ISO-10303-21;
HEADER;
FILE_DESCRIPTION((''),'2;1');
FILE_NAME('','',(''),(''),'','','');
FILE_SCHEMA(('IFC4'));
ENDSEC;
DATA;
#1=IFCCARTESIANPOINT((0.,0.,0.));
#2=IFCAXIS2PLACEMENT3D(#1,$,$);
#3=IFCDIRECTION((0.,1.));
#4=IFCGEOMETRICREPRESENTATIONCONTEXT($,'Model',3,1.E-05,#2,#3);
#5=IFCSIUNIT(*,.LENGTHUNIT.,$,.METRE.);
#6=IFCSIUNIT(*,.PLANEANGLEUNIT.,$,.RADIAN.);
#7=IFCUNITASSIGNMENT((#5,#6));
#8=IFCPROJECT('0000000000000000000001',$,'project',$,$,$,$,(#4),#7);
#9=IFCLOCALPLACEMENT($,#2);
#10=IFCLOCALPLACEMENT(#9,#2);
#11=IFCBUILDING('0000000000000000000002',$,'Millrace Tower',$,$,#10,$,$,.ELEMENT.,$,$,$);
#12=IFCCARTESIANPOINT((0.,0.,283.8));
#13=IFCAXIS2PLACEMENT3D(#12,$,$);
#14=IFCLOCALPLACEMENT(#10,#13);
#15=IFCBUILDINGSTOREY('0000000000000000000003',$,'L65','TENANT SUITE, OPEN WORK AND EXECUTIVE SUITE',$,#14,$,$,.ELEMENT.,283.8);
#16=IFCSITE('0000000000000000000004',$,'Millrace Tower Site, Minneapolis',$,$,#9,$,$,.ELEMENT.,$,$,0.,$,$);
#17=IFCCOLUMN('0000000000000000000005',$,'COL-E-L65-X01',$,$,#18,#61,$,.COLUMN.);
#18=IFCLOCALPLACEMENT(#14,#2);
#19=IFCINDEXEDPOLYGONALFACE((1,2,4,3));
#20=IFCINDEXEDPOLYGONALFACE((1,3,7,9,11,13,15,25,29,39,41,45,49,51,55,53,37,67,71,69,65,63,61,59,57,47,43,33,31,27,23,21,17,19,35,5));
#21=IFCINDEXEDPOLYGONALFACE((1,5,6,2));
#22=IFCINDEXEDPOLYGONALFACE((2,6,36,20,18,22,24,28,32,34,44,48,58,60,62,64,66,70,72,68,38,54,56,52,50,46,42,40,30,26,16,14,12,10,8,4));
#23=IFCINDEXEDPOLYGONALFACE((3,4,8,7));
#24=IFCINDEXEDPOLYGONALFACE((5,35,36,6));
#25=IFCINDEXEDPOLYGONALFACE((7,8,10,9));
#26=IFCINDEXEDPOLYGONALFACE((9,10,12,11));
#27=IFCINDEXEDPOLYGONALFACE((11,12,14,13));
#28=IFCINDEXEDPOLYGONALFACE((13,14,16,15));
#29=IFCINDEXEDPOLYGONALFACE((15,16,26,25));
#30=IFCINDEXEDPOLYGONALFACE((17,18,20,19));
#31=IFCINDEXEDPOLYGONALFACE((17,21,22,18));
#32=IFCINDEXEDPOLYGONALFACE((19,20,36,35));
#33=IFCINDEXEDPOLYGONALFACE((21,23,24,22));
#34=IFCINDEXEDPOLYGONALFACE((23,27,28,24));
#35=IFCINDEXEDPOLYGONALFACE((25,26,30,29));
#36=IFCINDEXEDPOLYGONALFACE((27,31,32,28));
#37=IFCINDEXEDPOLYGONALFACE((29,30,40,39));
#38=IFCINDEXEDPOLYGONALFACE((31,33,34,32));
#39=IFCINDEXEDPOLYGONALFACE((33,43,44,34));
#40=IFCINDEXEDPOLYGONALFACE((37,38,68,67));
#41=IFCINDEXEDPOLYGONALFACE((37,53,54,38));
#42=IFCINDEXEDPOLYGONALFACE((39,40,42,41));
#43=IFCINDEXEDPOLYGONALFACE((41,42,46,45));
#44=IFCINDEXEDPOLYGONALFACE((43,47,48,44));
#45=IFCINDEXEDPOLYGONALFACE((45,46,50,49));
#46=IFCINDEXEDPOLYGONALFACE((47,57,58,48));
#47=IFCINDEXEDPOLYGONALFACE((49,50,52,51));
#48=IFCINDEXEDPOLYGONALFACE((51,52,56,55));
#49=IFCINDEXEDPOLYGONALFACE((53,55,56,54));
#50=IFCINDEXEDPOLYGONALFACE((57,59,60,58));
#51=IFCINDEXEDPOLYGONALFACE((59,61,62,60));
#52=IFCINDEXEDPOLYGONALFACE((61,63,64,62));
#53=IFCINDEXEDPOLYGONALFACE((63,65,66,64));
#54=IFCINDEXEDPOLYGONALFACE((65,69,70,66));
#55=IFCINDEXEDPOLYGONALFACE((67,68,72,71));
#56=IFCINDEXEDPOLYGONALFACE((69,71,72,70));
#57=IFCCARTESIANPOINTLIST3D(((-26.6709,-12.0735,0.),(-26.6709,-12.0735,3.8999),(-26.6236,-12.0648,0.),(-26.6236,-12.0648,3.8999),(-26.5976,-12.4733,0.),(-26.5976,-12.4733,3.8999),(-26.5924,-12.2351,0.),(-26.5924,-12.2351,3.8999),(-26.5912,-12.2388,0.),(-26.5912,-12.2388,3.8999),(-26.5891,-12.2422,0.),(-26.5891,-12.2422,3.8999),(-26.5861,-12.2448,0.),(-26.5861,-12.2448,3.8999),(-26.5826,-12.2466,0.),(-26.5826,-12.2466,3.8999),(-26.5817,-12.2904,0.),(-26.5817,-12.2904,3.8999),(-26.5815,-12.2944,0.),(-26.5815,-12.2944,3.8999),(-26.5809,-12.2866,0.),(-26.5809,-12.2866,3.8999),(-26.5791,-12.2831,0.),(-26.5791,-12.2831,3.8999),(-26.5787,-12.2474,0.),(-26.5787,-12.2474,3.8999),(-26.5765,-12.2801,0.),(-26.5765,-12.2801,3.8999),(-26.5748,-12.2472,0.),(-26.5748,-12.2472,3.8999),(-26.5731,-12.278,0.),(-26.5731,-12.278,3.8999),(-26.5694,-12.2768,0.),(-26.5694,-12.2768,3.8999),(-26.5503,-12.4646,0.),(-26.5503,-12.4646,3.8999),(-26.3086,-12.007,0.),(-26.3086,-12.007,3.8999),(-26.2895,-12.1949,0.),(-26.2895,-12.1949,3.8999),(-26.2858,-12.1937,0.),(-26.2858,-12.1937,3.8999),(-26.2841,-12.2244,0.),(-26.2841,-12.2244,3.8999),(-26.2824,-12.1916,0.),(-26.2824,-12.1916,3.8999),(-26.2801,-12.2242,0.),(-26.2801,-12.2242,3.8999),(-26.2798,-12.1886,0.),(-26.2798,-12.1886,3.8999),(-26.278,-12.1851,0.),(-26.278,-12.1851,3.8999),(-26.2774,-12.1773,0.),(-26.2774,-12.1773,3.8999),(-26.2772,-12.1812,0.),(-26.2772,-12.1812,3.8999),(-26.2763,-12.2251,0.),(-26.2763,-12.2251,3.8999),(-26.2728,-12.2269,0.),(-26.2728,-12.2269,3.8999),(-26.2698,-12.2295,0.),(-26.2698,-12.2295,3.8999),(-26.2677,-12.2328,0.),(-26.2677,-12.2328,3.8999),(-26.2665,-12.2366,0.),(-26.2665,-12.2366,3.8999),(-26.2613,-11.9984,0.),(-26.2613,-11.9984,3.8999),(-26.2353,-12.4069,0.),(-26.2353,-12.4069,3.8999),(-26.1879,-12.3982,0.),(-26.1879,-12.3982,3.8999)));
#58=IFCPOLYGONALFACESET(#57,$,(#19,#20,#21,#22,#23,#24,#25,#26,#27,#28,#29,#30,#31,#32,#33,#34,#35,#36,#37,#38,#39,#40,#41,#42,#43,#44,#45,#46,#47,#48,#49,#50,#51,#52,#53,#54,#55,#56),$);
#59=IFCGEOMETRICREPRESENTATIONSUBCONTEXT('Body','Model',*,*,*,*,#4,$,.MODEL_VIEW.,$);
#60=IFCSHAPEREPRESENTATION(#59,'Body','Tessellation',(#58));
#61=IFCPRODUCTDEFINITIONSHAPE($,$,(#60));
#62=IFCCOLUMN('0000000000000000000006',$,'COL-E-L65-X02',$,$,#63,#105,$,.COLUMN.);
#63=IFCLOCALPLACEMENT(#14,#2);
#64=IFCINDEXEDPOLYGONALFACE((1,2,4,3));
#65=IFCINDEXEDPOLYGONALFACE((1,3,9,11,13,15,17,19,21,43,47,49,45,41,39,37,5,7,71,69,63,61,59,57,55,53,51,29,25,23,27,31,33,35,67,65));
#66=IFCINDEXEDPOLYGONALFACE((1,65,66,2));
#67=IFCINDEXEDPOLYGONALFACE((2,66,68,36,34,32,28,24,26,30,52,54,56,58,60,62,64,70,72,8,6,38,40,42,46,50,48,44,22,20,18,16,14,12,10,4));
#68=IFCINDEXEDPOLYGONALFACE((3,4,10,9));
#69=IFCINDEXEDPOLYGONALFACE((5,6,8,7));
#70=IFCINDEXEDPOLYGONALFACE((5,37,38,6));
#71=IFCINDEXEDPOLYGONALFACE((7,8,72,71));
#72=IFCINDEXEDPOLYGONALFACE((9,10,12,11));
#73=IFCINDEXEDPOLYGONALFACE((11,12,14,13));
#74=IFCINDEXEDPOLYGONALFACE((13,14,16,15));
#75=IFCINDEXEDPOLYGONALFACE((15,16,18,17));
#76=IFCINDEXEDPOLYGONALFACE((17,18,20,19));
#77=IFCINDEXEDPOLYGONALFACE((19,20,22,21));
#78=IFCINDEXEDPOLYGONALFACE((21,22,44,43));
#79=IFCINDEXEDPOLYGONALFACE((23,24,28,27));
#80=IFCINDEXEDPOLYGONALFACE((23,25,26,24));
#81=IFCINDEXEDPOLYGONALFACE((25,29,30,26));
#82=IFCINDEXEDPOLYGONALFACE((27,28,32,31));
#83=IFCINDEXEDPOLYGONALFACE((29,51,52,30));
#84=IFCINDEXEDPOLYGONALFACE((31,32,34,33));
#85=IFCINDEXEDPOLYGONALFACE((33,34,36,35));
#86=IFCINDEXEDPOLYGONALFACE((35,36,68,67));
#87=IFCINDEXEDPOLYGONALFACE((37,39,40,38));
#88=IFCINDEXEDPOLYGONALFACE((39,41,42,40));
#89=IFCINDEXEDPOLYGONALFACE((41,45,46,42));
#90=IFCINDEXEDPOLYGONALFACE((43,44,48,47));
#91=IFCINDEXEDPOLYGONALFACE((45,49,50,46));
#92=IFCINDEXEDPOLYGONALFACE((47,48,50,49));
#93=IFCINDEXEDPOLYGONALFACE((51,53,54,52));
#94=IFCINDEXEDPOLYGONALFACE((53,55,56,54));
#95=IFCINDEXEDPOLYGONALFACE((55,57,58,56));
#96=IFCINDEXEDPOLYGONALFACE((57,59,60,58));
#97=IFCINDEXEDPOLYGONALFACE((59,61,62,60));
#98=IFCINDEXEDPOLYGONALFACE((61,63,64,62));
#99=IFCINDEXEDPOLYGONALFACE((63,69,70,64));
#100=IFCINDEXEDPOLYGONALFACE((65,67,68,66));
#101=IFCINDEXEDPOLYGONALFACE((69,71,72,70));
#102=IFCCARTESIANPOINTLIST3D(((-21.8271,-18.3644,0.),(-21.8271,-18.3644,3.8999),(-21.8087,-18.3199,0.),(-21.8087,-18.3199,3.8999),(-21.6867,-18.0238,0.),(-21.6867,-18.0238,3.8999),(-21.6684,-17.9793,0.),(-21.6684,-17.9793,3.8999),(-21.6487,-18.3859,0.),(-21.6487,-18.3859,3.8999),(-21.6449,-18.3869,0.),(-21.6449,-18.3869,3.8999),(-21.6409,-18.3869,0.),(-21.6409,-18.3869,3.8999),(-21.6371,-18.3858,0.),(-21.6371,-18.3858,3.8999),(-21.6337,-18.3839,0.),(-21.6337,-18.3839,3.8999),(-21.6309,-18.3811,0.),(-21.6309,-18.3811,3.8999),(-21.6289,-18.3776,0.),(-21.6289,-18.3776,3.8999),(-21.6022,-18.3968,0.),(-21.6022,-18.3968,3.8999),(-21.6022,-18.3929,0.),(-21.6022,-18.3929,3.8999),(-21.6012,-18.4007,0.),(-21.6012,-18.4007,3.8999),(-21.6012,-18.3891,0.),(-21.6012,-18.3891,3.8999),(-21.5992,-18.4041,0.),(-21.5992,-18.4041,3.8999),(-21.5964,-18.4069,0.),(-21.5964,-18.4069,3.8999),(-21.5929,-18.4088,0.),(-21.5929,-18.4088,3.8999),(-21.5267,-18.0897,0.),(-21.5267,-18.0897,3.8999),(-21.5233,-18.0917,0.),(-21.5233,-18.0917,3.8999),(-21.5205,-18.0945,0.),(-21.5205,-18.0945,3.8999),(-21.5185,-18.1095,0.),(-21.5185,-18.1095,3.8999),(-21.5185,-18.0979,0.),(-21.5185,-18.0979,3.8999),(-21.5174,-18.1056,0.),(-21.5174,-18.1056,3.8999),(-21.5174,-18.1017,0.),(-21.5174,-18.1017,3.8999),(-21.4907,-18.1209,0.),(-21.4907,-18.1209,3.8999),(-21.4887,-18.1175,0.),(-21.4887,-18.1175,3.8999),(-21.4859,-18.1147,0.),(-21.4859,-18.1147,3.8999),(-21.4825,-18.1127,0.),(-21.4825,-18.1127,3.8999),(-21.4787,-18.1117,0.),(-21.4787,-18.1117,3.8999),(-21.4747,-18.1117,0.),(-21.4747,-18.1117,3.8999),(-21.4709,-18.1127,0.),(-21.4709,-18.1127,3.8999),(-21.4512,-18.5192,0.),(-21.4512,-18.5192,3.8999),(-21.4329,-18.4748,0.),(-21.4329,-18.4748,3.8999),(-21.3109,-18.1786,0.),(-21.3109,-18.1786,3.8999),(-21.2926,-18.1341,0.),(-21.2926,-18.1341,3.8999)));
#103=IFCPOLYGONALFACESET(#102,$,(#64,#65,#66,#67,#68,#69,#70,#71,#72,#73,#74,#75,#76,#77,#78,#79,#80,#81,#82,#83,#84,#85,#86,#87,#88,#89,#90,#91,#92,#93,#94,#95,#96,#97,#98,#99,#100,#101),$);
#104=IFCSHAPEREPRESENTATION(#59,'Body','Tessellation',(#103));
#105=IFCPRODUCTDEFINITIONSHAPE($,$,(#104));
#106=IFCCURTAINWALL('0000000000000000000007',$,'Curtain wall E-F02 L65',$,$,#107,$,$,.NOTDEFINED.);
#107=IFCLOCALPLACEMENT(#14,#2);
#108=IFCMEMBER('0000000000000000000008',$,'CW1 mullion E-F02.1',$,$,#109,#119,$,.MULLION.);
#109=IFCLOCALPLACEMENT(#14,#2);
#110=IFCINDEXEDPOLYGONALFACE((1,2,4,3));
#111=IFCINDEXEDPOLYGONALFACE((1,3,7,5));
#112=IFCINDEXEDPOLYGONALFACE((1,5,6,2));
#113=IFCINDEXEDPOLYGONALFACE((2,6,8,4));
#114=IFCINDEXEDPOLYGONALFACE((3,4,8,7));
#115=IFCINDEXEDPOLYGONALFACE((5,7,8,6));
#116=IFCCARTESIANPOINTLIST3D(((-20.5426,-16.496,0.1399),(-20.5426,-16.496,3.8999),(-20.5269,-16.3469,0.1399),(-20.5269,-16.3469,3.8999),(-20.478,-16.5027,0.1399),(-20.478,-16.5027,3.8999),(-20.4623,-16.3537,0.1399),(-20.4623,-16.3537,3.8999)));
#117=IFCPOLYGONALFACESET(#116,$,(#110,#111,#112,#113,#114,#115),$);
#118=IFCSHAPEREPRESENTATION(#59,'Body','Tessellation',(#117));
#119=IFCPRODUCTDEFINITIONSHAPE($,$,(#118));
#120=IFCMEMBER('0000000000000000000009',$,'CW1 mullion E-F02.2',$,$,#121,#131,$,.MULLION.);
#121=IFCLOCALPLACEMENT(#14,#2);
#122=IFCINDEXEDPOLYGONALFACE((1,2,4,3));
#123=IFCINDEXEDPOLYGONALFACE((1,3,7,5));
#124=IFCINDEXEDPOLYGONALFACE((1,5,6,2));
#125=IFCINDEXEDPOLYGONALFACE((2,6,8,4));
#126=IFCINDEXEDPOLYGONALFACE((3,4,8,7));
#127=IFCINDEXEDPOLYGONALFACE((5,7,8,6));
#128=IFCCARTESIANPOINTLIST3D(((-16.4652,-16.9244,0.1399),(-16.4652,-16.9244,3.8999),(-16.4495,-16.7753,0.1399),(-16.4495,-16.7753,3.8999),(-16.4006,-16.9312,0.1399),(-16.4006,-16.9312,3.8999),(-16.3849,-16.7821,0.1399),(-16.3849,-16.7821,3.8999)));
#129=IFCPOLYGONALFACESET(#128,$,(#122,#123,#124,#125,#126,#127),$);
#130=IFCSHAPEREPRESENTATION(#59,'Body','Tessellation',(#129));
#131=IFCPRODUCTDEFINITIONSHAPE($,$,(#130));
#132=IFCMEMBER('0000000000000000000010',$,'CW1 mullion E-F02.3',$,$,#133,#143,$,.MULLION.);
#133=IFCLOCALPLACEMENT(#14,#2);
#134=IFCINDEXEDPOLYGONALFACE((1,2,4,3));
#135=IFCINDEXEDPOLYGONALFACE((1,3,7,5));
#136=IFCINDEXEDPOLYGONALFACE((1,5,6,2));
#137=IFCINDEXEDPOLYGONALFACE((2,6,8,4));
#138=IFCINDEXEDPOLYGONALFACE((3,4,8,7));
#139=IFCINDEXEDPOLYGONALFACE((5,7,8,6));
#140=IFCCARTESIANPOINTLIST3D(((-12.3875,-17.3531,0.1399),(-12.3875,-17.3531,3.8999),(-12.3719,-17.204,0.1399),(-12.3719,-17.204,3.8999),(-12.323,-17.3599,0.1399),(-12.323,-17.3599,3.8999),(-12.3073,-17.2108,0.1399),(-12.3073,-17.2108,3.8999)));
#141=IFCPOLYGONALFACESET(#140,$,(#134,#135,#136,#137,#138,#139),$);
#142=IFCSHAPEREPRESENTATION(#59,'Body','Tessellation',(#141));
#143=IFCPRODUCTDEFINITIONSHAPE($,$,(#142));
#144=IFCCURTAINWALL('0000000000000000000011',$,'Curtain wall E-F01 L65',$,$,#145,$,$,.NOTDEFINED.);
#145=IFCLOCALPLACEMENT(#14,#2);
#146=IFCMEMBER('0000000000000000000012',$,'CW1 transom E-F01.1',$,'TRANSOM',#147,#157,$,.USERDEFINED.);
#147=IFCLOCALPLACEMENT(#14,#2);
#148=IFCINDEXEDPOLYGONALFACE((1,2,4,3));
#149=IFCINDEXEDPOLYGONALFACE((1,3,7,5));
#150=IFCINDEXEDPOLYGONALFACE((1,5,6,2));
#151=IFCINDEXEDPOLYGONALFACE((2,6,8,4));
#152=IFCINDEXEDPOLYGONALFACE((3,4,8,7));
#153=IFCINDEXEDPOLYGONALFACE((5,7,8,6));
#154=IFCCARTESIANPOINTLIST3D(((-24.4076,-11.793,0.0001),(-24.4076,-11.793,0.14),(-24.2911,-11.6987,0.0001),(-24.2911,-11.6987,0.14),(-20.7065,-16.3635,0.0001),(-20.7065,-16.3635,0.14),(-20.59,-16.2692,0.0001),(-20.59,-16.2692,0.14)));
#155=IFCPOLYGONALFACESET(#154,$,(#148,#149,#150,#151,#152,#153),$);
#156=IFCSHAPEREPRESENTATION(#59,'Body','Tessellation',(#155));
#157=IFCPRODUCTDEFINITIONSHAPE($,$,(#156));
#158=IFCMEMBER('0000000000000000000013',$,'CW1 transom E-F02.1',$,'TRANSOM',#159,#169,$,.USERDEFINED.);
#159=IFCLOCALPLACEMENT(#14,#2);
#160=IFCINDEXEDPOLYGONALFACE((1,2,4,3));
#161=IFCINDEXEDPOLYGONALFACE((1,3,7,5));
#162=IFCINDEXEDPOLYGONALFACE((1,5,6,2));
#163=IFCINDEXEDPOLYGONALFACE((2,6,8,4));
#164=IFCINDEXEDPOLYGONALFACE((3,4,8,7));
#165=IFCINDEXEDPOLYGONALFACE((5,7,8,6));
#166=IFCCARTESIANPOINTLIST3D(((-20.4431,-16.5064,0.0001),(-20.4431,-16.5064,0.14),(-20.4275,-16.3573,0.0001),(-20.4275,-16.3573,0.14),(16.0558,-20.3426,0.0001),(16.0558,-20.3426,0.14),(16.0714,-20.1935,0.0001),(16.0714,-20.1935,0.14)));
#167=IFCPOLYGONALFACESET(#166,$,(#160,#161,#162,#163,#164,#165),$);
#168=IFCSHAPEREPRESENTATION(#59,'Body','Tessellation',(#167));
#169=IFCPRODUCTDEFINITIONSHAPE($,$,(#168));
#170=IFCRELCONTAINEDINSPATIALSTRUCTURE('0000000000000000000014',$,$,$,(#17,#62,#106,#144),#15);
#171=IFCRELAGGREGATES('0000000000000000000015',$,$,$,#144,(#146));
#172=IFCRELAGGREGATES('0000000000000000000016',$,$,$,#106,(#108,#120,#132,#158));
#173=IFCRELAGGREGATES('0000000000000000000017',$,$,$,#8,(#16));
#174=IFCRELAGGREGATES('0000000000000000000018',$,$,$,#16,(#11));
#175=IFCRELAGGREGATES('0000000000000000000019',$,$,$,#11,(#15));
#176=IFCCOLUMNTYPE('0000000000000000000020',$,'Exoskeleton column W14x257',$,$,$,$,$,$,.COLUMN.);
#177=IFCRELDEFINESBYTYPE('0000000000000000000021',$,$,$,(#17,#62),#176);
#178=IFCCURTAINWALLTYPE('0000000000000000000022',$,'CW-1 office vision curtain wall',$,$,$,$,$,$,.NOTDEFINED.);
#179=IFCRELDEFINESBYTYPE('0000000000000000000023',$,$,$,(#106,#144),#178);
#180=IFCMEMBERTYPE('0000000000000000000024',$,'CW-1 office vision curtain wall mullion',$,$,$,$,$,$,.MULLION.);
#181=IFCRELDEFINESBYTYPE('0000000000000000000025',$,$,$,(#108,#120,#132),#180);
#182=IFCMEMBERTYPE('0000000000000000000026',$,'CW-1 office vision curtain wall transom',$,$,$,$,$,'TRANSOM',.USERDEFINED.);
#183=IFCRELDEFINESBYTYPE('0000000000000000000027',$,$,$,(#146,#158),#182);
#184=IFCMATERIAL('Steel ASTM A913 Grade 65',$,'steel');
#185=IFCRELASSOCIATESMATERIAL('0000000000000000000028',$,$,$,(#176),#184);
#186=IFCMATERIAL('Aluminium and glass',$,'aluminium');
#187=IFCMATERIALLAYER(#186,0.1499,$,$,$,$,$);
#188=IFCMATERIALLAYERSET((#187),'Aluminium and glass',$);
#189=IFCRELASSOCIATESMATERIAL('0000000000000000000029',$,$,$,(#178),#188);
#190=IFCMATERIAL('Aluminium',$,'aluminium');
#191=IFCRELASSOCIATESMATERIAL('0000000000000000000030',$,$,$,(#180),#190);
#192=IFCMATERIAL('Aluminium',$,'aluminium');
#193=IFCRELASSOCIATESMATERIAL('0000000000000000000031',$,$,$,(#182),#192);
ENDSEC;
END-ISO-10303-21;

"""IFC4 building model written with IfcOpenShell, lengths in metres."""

from ifc_helpers import new_model, si_unit, direction, frame, origin, origin_2d, place, context, subcontext, project, spatial, rectangle, i_section, extrude, material, layer, layer_set, material_profile, profile_set, type_object, element, aggregate, save


model = new_model("IFC4")

# Units and contexts
model_context = context("Model", 3, precision=1e-05, world=origin(), true_north=direction((0.0, 1.0)))
body_context = subcontext(model_context, "Body", "Model", "MODEL_VIEW")
ifc_project = project(units=[si_unit("LENGTHUNIT", "METRE"), si_unit("PLANEANGLEUNIT", "RADIAN")], contexts=[model_context])

# Site, building, storey
site_placement = place(None, origin())
site = spatial("IfcSite", under=ifc_project, at=site_placement, Name="Millrace Tower Site, Minneapolis", CompositionType="ELEMENT", RefElevation=0.0)
building_placement = place(site_placement, origin())
building = spatial("IfcBuilding", under=site, at=building_placement, Name="Millrace Tower", CompositionType="ELEMENT")
storey_placement = place(building_placement, frame((0.0, 0.0, 283.8)))
storey = spatial("IfcBuildingStorey", under=building, at=storey_placement, Name="L65", Description="TENANT SUITE, OPEN WORK AND EXECUTIVE SUITE", CompositionType="ELEMENT", Elevation=283.8)

# Columns
ifc_material_1 = material(Name="Steel ASTM A913 Grade 65", Category="steel")
ifc_material_profile_1 = material_profile(ifc_material_1, i_section(OverallWidth=0.4065, OverallDepth=0.4165, WebThickness=0.03, FlangeThickness=0.0481, FilletRadius=0.0151, at=origin_2d()))
ifc_profile_set_1 = profile_set([ifc_material_profile_1], Name="Steel ASTM A913 Grade 65")
column_type = type_object("IfcColumnType", Name="Exoskeleton column W14x257", PredefinedType="COLUMN", material=ifc_profile_set_1)
for number, where, z_axis, x_axis, name in (
    (1, (-26.4294, -12.2358, 0.0), (0.0, 0.0, 1.0), (0.180387, -0.983596, 0.0), "COL-E-L65-X01"),
    (2, (-21.5598, -18.2493, 0.0), (0.0, 0.0, 1.0), (0.924597, -0.380947, 0.0), "COL-E-L65-X02"),
):
    element("IfcColumn", number, at=place(storey_placement, frame(where, z_axis=z_axis, x_axis=x_axis)), inside=storey, type_object=column_type, Name=name, PredefinedType="COLUMN", context=body_context, shape_type="SweptSolid", body=[
        extrude(i_section(OverallWidth=0.4065, OverallDepth=0.4165, WebThickness=0.03, FlangeThickness=0.0481, FilletRadius=0.0151, at=origin_2d()), origin(), (0.0, 0.0, 1.0), 3.8999),
    ])

# Curtain wall, members
ifc_material_2 = material(Name="Aluminium and glass", Category="aluminium")
ifc_layer_1 = layer(ifc_material_2, 0.1499)
ifc_layer_set_1 = layer_set([ifc_layer_1], Name="Aluminium and glass")
curtain_wall_type = type_object("IfcCurtainWallType", Name="CW-1 office vision curtain wall", PredefinedType="NOTDEFINED", material=ifc_layer_set_1)
placement = place(storey_placement, origin())
curtain_wall_1 = element("IfcCurtainWall", 3, at=placement, inside=storey, type_object=curtain_wall_type, Name="Curtain wall E-F02 L65", PredefinedType="NOTDEFINED")
ifc_material_3 = material(Name="Aluminium", Category="aluminium")
ifc_material_profile_2 = material_profile(ifc_material_3, rectangle(XDim=0.0649, YDim=0.1499, at=origin_2d()))
ifc_profile_set_2 = profile_set([ifc_material_profile_2], Name="Aluminium")
member_type_1 = type_object("IfcMemberType", Name="CW-1 office vision curtain wall mullion", PredefinedType="MULLION", material=ifc_profile_set_2)
member_1_placement = place(storey_placement, frame((-20.5024, -16.4248, 0.1399), z_axis=(0.0, 0.0, 1.0), x_axis=(0.994522, -0.104528, 0.0)))
member_1 = element("IfcMember", 4, at=member_1_placement, type_object=member_type_1, Name="CW1 mullion E-F02.1", PredefinedType="MULLION", context=body_context, shape_type="SweptSolid", body=[
    extrude(rectangle(XDim=0.0649, YDim=0.1499, at=origin_2d()), origin(), (0.0, 0.0, 1.0), 3.76),
])
member_2_placement = place(storey_placement, frame((-16.425, -16.8533, 0.1399), z_axis=(0.0, 0.0, 1.0), x_axis=(0.994522, -0.104528, 0.0)))
member_2 = element("IfcMember", 5, at=member_2_placement, type_object=member_type_1, Name="CW1 mullion E-F02.2", PredefinedType="MULLION", context=body_context, shape_type="SweptSolid", body=[
    extrude(rectangle(XDim=0.0649, YDim=0.1499, at=origin_2d()), origin(), (0.0, 0.0, 1.0), 3.76),
])
member_3_placement = place(storey_placement, frame((-12.3474, -17.282, 0.1399), z_axis=(0.0, 0.0, 1.0), x_axis=(0.994522, -0.104528, 0.0)))
member_3 = element("IfcMember", 6, at=member_3_placement, type_object=member_type_1, Name="CW1 mullion E-F02.3", PredefinedType="MULLION", context=body_context, shape_type="SweptSolid", body=[
    extrude(rectangle(XDim=0.0649, YDim=0.1499, at=origin_2d()), origin(), (0.0, 0.0, 1.0), 3.76),
])

# Curtain wall, member
curtain_wall_2 = element("IfcCurtainWall", 7, at=placement, inside=storey, type_object=curtain_wall_type, Name="Curtain wall E-F01 L65", PredefinedType="NOTDEFINED")
ifc_material_4 = material(Name="Aluminium", Category="aluminium")
ifc_material_profile_3 = material_profile(ifc_material_4, rectangle(XDim=0.1499, YDim=0.1399, at=origin_2d()))
ifc_profile_set_3 = profile_set([ifc_material_profile_3], Name="Aluminium")
member_type_2 = type_object("IfcMemberType", Name="CW-1 office vision curtain wall transom", ElementType="TRANSOM", PredefinedType="USERDEFINED", material=ifc_profile_set_3)
member_4_placement = place(storey_placement, frame((-24.3494, -11.7458, 0.0701), z_axis=(0.629321, -0.777145, 0.0), x_axis=(0.777145, 0.629321, 0.0)))
member_4 = element("IfcMember", 8, at=member_4_placement, type_object=member_type_2, Name="CW1 transom E-F01.1", ObjectType="TRANSOM", PredefinedType="USERDEFINED", context=body_context, shape_type="SweptSolid", body=[
    extrude(rectangle(XDim=0.1499, YDim=0.1399, at=origin_2d()), origin(), (0.0, 0.0, 1.0), 5.8811),
])
aggregate(curtain_wall_2, [member_4])

# Member
member_5_placement = place(storey_placement, frame((-20.4353, -16.4319, 0.0701), z_axis=(0.994522, -0.104528, 0.0), x_axis=(0.104528, 0.994522, 0.0)))
member_5 = element("IfcMember", 9, at=member_5_placement, type_object=member_type_2, Name="CW1 transom E-F02.1", ObjectType="TRANSOM", PredefinedType="USERDEFINED", context=body_context, shape_type="SweptSolid", body=[
    extrude(rectangle(XDim=0.1499, YDim=0.1399, at=origin_2d()), origin(), (0.0, 0.0, 1.0), 36.7),
])
aggregate(curtain_wall_1, [member_1, member_2, member_3, member_5])

save(model, "model.ifc")
